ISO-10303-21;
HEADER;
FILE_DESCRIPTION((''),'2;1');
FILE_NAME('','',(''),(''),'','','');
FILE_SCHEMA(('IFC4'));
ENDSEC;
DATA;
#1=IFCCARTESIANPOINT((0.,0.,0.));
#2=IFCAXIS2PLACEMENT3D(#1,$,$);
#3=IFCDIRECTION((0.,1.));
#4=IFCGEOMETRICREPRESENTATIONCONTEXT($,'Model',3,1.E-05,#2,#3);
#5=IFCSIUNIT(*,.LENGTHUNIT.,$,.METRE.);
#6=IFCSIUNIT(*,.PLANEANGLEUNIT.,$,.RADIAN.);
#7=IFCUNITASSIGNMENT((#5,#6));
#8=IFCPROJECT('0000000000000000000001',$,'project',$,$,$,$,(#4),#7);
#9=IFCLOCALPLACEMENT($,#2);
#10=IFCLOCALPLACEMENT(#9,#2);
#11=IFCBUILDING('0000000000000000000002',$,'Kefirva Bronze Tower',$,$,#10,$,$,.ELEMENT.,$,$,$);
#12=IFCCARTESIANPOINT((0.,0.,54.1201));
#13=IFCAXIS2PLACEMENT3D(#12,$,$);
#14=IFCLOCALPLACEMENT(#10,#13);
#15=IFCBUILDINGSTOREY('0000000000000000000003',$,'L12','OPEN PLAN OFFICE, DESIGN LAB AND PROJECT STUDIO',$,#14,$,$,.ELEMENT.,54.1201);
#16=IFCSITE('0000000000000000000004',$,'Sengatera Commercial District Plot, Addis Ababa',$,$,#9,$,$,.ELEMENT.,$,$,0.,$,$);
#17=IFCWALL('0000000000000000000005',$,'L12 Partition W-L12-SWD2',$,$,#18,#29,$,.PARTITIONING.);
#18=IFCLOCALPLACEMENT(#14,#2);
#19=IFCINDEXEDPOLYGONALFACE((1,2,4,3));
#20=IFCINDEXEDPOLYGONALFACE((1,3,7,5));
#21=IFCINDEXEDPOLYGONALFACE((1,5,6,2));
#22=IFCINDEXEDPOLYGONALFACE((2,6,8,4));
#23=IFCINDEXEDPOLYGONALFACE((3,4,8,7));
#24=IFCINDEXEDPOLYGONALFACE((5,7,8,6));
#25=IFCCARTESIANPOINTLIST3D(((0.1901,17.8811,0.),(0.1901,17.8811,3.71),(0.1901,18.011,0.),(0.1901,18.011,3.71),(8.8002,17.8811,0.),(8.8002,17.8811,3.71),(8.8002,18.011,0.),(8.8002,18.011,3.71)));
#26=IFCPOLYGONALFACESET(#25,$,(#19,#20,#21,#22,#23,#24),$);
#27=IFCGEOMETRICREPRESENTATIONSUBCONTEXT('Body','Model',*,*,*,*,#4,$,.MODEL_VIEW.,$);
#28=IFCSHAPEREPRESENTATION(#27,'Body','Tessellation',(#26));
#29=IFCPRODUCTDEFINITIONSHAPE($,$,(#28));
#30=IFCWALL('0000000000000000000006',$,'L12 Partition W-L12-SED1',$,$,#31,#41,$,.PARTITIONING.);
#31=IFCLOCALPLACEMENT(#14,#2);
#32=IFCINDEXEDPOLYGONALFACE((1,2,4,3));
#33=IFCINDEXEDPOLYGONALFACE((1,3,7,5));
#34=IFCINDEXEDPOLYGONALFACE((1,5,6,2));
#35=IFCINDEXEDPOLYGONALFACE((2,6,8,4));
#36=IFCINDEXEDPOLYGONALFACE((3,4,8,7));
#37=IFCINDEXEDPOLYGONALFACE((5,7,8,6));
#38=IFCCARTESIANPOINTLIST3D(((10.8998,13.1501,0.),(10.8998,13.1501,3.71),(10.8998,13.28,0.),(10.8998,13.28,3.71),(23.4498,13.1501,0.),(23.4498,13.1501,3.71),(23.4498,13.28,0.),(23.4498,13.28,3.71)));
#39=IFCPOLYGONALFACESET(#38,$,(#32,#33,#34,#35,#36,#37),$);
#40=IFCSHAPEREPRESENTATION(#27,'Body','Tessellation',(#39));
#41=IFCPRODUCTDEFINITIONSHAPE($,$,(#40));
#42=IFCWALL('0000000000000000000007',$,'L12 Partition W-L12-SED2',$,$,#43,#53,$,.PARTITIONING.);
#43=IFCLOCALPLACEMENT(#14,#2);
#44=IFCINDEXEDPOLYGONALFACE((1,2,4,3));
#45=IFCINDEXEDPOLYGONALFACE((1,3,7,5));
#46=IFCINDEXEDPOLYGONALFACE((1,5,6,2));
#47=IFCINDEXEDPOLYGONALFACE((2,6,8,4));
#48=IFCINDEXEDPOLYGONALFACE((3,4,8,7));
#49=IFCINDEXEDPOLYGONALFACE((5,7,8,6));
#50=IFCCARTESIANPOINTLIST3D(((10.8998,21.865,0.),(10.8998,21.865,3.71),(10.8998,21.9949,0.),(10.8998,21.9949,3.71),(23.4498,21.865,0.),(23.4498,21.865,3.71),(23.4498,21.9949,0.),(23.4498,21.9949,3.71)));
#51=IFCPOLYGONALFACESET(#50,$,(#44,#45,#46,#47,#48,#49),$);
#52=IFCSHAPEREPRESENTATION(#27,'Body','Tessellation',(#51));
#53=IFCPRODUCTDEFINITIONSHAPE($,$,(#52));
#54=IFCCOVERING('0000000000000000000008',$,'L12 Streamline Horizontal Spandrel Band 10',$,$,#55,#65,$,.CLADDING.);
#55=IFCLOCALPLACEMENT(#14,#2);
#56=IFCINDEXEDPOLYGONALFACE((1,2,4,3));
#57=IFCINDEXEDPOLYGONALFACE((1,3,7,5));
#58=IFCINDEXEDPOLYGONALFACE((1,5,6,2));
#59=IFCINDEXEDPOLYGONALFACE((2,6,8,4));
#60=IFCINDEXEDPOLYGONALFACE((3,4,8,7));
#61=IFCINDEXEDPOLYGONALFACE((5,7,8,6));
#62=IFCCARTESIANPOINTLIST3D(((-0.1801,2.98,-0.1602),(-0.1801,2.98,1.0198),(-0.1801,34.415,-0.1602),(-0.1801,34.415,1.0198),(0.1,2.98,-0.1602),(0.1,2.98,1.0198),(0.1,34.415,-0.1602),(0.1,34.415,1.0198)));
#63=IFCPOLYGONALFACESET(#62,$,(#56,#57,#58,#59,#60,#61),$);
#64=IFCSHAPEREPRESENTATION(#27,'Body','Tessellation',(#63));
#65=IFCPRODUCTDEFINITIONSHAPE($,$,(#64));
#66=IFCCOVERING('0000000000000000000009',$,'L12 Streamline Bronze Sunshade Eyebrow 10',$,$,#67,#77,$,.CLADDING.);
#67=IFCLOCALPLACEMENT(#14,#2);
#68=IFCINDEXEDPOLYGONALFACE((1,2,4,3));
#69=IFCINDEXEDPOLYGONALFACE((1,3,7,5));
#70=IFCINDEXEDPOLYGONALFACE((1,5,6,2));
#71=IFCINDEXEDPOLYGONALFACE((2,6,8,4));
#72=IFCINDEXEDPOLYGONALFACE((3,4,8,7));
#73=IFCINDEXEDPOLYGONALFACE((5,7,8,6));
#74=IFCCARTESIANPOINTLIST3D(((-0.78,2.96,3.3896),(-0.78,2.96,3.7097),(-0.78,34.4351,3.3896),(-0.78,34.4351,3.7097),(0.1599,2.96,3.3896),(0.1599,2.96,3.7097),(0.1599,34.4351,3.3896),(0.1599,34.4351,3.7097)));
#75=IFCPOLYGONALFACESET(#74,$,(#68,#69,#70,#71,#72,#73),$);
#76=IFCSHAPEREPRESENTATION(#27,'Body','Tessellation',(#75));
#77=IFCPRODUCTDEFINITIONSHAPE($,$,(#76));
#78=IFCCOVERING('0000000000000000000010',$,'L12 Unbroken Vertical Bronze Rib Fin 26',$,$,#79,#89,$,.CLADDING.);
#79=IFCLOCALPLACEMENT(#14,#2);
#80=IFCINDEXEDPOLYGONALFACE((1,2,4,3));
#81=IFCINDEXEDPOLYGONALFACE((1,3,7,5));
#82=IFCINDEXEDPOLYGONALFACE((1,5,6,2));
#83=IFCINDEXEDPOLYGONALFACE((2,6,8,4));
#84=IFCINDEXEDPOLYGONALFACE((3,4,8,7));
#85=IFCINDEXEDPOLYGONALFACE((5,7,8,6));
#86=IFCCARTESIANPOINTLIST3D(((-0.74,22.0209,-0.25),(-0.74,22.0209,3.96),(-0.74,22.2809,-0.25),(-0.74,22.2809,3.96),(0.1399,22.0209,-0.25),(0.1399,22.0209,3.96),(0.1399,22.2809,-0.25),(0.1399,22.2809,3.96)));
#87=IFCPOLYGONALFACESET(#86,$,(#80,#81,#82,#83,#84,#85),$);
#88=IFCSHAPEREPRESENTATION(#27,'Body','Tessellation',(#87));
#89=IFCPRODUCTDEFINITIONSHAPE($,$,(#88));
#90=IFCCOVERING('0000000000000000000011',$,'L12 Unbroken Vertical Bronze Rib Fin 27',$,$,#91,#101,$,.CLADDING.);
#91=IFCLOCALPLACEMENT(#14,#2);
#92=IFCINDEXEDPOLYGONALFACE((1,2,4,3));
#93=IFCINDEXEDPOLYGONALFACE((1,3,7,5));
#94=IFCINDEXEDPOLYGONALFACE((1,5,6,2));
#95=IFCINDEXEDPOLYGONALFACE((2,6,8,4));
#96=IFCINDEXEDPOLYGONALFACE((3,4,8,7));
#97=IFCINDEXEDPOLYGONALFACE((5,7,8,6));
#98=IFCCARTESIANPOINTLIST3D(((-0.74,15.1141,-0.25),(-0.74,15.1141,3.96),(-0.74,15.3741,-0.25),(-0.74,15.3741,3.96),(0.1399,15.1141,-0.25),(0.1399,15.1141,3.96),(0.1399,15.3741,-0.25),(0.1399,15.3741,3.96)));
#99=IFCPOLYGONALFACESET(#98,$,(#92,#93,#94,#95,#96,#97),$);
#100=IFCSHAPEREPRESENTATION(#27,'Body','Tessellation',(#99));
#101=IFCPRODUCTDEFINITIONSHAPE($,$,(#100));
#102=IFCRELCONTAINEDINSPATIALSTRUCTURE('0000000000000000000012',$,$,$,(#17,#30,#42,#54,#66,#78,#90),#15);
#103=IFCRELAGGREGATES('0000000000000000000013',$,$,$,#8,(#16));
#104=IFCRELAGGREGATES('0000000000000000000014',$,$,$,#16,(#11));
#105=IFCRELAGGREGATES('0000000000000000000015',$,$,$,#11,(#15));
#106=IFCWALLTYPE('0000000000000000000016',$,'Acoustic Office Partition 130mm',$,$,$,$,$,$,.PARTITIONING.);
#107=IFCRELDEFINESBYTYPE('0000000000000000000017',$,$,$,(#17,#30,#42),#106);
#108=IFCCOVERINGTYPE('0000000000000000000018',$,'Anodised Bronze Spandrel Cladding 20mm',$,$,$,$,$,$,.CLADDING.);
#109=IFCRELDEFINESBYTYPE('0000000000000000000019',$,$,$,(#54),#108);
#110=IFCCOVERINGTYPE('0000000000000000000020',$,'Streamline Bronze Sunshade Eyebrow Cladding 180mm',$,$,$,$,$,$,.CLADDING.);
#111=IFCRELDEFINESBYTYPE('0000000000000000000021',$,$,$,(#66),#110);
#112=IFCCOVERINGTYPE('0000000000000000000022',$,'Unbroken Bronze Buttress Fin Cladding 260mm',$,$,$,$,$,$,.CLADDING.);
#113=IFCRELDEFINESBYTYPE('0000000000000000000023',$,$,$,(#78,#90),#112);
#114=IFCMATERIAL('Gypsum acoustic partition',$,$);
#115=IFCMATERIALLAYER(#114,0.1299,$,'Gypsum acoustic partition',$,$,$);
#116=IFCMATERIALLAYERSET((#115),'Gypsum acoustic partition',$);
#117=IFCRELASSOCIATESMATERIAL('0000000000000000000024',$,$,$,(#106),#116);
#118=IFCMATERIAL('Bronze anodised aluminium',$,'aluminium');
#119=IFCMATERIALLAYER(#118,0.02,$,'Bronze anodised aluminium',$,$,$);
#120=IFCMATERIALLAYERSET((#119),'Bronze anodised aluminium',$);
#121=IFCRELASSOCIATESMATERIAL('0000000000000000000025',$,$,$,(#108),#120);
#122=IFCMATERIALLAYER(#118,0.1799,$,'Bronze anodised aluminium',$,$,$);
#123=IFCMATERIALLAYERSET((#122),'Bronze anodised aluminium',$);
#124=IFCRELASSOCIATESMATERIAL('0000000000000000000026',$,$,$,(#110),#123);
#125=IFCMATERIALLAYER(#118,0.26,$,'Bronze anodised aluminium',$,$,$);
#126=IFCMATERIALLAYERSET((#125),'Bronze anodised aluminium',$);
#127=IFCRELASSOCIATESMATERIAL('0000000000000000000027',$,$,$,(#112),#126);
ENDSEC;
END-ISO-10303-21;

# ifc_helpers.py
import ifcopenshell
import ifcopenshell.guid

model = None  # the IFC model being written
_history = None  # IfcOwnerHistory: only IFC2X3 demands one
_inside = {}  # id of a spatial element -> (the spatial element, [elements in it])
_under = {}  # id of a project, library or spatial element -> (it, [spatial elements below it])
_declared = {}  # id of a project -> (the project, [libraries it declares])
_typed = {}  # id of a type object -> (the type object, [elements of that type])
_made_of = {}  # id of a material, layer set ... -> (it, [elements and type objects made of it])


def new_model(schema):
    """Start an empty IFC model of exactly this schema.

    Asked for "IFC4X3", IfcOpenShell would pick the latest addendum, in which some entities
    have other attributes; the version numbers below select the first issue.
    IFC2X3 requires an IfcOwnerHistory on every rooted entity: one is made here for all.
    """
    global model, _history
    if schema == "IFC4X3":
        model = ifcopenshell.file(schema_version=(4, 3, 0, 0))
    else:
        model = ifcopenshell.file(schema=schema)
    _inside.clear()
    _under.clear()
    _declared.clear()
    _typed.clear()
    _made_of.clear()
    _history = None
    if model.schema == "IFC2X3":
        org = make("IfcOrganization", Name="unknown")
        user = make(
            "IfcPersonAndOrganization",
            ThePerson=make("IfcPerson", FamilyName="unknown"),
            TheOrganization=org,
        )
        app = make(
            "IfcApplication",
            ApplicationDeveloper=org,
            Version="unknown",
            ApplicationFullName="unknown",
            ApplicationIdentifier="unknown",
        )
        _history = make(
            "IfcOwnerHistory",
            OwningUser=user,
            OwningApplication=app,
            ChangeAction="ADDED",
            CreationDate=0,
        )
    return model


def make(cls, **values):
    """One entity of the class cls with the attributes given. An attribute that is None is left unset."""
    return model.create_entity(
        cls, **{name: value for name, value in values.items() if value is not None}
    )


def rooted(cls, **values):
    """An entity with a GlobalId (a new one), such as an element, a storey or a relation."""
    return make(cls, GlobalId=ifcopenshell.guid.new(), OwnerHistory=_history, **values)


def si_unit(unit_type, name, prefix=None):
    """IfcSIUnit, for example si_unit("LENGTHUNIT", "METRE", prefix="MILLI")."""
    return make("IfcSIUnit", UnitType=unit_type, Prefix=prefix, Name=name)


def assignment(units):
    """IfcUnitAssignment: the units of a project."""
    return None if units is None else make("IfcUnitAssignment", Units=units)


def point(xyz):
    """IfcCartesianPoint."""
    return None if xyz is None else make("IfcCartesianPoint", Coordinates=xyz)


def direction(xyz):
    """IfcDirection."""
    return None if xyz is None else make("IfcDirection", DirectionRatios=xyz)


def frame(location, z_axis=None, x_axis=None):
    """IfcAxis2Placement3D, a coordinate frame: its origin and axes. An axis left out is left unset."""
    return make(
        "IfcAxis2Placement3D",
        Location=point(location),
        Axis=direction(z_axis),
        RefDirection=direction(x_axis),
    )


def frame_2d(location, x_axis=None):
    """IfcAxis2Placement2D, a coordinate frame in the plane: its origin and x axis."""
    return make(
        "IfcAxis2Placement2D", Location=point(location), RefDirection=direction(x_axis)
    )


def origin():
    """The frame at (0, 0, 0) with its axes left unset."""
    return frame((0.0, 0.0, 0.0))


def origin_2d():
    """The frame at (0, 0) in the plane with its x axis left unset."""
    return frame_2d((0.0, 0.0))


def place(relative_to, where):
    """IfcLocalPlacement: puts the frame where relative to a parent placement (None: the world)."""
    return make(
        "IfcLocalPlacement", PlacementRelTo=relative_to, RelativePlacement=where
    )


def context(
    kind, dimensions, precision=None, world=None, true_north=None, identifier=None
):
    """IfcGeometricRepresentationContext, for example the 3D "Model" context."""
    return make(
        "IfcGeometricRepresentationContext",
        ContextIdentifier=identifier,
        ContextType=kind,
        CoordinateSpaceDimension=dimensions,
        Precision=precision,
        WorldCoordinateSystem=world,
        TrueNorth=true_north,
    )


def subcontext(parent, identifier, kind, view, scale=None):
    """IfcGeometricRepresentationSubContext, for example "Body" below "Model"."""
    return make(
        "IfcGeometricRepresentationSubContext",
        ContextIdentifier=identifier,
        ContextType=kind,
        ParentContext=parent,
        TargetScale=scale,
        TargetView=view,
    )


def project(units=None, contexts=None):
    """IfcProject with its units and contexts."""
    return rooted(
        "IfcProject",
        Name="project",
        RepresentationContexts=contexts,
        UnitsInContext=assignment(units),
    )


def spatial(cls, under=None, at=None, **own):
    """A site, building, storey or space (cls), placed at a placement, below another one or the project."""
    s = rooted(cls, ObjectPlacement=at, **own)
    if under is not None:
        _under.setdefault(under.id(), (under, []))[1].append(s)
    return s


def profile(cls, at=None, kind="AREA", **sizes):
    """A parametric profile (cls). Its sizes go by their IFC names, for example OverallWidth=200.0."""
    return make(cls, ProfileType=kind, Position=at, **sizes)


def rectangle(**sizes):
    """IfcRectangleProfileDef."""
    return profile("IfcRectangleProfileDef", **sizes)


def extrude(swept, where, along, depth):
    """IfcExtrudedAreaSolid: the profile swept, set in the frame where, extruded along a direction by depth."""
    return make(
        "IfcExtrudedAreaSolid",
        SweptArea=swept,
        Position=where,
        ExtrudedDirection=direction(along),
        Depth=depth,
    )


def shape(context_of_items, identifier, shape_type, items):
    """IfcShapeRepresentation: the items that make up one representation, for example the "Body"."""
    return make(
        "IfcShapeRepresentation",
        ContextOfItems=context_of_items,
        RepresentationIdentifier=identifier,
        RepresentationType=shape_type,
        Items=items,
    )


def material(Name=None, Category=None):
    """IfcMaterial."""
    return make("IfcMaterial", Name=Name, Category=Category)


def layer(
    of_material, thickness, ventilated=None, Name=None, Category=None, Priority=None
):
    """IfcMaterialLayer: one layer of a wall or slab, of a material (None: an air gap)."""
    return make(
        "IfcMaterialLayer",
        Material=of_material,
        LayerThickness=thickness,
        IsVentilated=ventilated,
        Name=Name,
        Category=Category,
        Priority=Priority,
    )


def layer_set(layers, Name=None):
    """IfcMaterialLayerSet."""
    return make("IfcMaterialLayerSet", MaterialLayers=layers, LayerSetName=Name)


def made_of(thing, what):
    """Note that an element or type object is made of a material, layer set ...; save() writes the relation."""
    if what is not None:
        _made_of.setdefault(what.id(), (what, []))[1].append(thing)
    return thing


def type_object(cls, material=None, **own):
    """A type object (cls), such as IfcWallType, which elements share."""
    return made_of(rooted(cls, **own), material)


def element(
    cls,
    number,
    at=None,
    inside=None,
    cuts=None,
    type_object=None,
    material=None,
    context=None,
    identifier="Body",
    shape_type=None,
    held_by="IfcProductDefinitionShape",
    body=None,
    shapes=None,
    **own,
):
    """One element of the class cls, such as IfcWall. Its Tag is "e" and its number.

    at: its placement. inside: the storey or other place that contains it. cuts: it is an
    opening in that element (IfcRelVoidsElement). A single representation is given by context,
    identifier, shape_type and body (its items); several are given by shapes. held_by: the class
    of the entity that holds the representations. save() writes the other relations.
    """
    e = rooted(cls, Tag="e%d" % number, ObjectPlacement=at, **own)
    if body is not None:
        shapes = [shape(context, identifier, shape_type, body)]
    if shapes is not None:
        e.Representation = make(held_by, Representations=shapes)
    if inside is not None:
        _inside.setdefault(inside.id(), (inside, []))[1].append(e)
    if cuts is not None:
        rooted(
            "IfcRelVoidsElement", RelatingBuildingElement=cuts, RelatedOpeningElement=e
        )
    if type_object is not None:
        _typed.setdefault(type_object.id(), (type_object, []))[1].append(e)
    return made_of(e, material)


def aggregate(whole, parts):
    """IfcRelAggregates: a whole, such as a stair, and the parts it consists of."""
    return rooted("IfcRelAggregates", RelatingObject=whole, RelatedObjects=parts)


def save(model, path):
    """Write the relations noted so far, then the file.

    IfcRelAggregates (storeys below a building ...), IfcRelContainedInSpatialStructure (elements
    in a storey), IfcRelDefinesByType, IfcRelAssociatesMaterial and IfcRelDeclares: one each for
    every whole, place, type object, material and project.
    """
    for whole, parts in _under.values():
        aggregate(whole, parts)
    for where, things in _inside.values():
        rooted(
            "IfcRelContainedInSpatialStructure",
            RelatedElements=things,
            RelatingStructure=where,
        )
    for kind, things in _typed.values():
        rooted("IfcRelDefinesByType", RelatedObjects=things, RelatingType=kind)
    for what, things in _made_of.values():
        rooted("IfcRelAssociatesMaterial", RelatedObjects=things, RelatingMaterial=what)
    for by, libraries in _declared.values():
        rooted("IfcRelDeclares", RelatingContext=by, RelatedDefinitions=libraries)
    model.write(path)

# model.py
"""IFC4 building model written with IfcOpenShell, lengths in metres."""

from ifc_helpers import new_model, si_unit, direction, frame, frame_2d, origin, origin_2d, place, context, subcontext, project, spatial, rectangle, extrude, material, layer, layer_set, type_object, element, save


model = new_model("IFC4")

# Units and contexts
model_context = context("Model", 3, precision=1e-05, world=origin(), true_north=direction((0.0, 1.0)))
body_context = subcontext(model_context, "Body", "Model", "MODEL_VIEW")
ifc_project = project(units=[si_unit("LENGTHUNIT", "METRE"), si_unit("PLANEANGLEUNIT", "RADIAN")], contexts=[model_context])

# Site, building, storey
site_placement = place(None, origin())
site = spatial("IfcSite", under=ifc_project, at=site_placement, Name="Sengatera Commercial District Plot, Addis Ababa", CompositionType="ELEMENT", RefElevation=0.0)
building_placement = place(site_placement, origin())
building = spatial("IfcBuilding", under=site, at=building_placement, Name="Kefirva Bronze Tower", CompositionType="ELEMENT")
storey_placement = place(building_placement, frame((0.0, 0.0, 54.1201)))
storey = spatial("IfcBuildingStorey", under=building, at=storey_placement, Name="L12", Description="OPEN PLAN OFFICE, DESIGN LAB AND PROJECT STUDIO", CompositionType="ELEMENT", Elevation=54.1201)

# Shared definitions
ifc_material_1 = material(Name="Bronze anodised aluminium", Category="aluminium")

# Walls
ifc_material_2 = material(Name="Gypsum acoustic partition")
ifc_layer_1 = layer(ifc_material_2, 0.1299, Name="Gypsum acoustic partition")
ifc_layer_set_1 = layer_set([ifc_layer_1], Name="Gypsum acoustic partition")
wall_type = type_object("IfcWallType", Name="Acoustic Office Partition 130mm", PredefinedType="PARTITIONING", material=ifc_layer_set_1)
wall_placement = place(storey_placement, frame((0.1899, 17.946, 0.0), z_axis=(0.0, 0.0, 1.0), x_axis=(1.0, 0.0, 0.0)))
element("IfcWall", 1, at=wall_placement, inside=storey, type_object=wall_type, Name="L12 Partition W-L12-SWD2", PredefinedType="PARTITIONING", context=body_context, shape_type="SweptSolid", body=[
    extrude(rectangle(XDim=8.6101, YDim=0.1299, at=frame_2d((4.3052, 0.0))), origin(), (0.0, 0.0, 1.0), 3.71),
])
for number, where, z_axis, x_axis, name in (
    (2, (10.8999, 13.2151, 0.0), (0.0, 0.0, 1.0), (1.0, 0.0, 0.0), "L12 Partition W-L12-SED1"),
    (3, (10.8999, 21.9299, 0.0), (0.0, 0.0, 1.0), (1.0, 0.0, 0.0), "L12 Partition W-L12-SED2"),
):
    element("IfcWall", number, at=place(storey_placement, frame(where, z_axis=z_axis, x_axis=x_axis)), inside=storey, type_object=wall_type, Name=name, PredefinedType="PARTITIONING", context=body_context, shape_type="SweptSolid", body=[
        extrude(rectangle(XDim=12.55, YDim=0.1299, at=frame_2d((6.2749, 0.0))), origin(), (0.0, 0.0, 1.0), 3.71),
    ])

# Coverings
ifc_layer_2 = layer(ifc_material_1, 0.02, Name="Bronze anodised aluminium")
ifc_layer_set_2 = layer_set([ifc_layer_2], Name="Bronze anodised aluminium")
covering_type_1 = type_object("IfcCoveringType", Name="Anodised Bronze Spandrel Cladding 20mm", PredefinedType="CLADDING", material=ifc_layer_set_2)
covering_1_placement = place(storey_placement, frame((-0.04, 18.6975, -0.1602), z_axis=(0.0, 0.0, 1.0), x_axis=(0.0, -1.0, 0.0)))
element("IfcCovering", 4, at=covering_1_placement, inside=storey, type_object=covering_type_1, Name="L12 Streamline Horizontal Spandrel Band 10", PredefinedType="CLADDING", context=body_context, shape_type="SweptSolid", body=[
    extrude(rectangle(XDim=31.4351, YDim=0.28, at=origin_2d()), origin(), (0.0, 0.0, 1.0), 1.1799),
])
ifc_layer_3 = layer(ifc_material_1, 0.1799, Name="Bronze anodised aluminium")
ifc_layer_set_3 = layer_set([ifc_layer_3], Name="Bronze anodised aluminium")
covering_type_2 = type_object("IfcCoveringType", Name="Streamline Bronze Sunshade Eyebrow Cladding 180mm", PredefinedType="CLADDING", material=ifc_layer_set_3)
covering_2_placement = place(storey_placement, frame((-0.3101, 18.6975, 3.3896), z_axis=(0.0, 0.0, 1.0), x_axis=(0.0, -1.0, 0.0)))
element("IfcCovering", 5, at=covering_2_placement, inside=storey, type_object=covering_type_2, Name="L12 Streamline Bronze Sunshade Eyebrow 10", PredefinedType="CLADDING", context=body_context, shape_type="SweptSolid", body=[
    extrude(rectangle(XDim=31.4751, YDim=0.9399, at=origin_2d()), origin(), (0.0, 0.0, 1.0), 0.3201),
])
ifc_layer_4 = layer(ifc_material_1, 0.26, Name="Bronze anodised aluminium")
ifc_layer_set_4 = layer_set([ifc_layer_4], Name="Bronze anodised aluminium")
covering_type_3 = type_object("IfcCoveringType", Name="Unbroken Bronze Buttress Fin Cladding 260mm", PredefinedType="CLADDING", material=ifc_layer_set_4)
for number, where, z_axis, x_axis, name in (
    (6, (-0.3, 22.1509, -0.25), (0.0, 0.0, 1.0), (0.0, -1.0, 0.0), "L12 Unbroken Vertical Bronze Rib Fin 26"),
    (7, (-0.3, 15.2441, -0.25), (0.0, 0.0, 1.0), (0.0, -1.0, 0.0), "L12 Unbroken Vertical Bronze Rib Fin 27"),
):
    element("IfcCovering", number, at=place(storey_placement, frame(where, z_axis=z_axis, x_axis=x_axis)), inside=storey, type_object=covering_type_3, Name=name, PredefinedType="CLADDING", context=body_context, shape_type="SweptSolid", body=[
        extrude(rectangle(XDim=0.26, YDim=0.8799, at=origin_2d()), origin(), (0.0, 0.0, 1.0), 4.21),
    ])

save(model, "model.ifc")
